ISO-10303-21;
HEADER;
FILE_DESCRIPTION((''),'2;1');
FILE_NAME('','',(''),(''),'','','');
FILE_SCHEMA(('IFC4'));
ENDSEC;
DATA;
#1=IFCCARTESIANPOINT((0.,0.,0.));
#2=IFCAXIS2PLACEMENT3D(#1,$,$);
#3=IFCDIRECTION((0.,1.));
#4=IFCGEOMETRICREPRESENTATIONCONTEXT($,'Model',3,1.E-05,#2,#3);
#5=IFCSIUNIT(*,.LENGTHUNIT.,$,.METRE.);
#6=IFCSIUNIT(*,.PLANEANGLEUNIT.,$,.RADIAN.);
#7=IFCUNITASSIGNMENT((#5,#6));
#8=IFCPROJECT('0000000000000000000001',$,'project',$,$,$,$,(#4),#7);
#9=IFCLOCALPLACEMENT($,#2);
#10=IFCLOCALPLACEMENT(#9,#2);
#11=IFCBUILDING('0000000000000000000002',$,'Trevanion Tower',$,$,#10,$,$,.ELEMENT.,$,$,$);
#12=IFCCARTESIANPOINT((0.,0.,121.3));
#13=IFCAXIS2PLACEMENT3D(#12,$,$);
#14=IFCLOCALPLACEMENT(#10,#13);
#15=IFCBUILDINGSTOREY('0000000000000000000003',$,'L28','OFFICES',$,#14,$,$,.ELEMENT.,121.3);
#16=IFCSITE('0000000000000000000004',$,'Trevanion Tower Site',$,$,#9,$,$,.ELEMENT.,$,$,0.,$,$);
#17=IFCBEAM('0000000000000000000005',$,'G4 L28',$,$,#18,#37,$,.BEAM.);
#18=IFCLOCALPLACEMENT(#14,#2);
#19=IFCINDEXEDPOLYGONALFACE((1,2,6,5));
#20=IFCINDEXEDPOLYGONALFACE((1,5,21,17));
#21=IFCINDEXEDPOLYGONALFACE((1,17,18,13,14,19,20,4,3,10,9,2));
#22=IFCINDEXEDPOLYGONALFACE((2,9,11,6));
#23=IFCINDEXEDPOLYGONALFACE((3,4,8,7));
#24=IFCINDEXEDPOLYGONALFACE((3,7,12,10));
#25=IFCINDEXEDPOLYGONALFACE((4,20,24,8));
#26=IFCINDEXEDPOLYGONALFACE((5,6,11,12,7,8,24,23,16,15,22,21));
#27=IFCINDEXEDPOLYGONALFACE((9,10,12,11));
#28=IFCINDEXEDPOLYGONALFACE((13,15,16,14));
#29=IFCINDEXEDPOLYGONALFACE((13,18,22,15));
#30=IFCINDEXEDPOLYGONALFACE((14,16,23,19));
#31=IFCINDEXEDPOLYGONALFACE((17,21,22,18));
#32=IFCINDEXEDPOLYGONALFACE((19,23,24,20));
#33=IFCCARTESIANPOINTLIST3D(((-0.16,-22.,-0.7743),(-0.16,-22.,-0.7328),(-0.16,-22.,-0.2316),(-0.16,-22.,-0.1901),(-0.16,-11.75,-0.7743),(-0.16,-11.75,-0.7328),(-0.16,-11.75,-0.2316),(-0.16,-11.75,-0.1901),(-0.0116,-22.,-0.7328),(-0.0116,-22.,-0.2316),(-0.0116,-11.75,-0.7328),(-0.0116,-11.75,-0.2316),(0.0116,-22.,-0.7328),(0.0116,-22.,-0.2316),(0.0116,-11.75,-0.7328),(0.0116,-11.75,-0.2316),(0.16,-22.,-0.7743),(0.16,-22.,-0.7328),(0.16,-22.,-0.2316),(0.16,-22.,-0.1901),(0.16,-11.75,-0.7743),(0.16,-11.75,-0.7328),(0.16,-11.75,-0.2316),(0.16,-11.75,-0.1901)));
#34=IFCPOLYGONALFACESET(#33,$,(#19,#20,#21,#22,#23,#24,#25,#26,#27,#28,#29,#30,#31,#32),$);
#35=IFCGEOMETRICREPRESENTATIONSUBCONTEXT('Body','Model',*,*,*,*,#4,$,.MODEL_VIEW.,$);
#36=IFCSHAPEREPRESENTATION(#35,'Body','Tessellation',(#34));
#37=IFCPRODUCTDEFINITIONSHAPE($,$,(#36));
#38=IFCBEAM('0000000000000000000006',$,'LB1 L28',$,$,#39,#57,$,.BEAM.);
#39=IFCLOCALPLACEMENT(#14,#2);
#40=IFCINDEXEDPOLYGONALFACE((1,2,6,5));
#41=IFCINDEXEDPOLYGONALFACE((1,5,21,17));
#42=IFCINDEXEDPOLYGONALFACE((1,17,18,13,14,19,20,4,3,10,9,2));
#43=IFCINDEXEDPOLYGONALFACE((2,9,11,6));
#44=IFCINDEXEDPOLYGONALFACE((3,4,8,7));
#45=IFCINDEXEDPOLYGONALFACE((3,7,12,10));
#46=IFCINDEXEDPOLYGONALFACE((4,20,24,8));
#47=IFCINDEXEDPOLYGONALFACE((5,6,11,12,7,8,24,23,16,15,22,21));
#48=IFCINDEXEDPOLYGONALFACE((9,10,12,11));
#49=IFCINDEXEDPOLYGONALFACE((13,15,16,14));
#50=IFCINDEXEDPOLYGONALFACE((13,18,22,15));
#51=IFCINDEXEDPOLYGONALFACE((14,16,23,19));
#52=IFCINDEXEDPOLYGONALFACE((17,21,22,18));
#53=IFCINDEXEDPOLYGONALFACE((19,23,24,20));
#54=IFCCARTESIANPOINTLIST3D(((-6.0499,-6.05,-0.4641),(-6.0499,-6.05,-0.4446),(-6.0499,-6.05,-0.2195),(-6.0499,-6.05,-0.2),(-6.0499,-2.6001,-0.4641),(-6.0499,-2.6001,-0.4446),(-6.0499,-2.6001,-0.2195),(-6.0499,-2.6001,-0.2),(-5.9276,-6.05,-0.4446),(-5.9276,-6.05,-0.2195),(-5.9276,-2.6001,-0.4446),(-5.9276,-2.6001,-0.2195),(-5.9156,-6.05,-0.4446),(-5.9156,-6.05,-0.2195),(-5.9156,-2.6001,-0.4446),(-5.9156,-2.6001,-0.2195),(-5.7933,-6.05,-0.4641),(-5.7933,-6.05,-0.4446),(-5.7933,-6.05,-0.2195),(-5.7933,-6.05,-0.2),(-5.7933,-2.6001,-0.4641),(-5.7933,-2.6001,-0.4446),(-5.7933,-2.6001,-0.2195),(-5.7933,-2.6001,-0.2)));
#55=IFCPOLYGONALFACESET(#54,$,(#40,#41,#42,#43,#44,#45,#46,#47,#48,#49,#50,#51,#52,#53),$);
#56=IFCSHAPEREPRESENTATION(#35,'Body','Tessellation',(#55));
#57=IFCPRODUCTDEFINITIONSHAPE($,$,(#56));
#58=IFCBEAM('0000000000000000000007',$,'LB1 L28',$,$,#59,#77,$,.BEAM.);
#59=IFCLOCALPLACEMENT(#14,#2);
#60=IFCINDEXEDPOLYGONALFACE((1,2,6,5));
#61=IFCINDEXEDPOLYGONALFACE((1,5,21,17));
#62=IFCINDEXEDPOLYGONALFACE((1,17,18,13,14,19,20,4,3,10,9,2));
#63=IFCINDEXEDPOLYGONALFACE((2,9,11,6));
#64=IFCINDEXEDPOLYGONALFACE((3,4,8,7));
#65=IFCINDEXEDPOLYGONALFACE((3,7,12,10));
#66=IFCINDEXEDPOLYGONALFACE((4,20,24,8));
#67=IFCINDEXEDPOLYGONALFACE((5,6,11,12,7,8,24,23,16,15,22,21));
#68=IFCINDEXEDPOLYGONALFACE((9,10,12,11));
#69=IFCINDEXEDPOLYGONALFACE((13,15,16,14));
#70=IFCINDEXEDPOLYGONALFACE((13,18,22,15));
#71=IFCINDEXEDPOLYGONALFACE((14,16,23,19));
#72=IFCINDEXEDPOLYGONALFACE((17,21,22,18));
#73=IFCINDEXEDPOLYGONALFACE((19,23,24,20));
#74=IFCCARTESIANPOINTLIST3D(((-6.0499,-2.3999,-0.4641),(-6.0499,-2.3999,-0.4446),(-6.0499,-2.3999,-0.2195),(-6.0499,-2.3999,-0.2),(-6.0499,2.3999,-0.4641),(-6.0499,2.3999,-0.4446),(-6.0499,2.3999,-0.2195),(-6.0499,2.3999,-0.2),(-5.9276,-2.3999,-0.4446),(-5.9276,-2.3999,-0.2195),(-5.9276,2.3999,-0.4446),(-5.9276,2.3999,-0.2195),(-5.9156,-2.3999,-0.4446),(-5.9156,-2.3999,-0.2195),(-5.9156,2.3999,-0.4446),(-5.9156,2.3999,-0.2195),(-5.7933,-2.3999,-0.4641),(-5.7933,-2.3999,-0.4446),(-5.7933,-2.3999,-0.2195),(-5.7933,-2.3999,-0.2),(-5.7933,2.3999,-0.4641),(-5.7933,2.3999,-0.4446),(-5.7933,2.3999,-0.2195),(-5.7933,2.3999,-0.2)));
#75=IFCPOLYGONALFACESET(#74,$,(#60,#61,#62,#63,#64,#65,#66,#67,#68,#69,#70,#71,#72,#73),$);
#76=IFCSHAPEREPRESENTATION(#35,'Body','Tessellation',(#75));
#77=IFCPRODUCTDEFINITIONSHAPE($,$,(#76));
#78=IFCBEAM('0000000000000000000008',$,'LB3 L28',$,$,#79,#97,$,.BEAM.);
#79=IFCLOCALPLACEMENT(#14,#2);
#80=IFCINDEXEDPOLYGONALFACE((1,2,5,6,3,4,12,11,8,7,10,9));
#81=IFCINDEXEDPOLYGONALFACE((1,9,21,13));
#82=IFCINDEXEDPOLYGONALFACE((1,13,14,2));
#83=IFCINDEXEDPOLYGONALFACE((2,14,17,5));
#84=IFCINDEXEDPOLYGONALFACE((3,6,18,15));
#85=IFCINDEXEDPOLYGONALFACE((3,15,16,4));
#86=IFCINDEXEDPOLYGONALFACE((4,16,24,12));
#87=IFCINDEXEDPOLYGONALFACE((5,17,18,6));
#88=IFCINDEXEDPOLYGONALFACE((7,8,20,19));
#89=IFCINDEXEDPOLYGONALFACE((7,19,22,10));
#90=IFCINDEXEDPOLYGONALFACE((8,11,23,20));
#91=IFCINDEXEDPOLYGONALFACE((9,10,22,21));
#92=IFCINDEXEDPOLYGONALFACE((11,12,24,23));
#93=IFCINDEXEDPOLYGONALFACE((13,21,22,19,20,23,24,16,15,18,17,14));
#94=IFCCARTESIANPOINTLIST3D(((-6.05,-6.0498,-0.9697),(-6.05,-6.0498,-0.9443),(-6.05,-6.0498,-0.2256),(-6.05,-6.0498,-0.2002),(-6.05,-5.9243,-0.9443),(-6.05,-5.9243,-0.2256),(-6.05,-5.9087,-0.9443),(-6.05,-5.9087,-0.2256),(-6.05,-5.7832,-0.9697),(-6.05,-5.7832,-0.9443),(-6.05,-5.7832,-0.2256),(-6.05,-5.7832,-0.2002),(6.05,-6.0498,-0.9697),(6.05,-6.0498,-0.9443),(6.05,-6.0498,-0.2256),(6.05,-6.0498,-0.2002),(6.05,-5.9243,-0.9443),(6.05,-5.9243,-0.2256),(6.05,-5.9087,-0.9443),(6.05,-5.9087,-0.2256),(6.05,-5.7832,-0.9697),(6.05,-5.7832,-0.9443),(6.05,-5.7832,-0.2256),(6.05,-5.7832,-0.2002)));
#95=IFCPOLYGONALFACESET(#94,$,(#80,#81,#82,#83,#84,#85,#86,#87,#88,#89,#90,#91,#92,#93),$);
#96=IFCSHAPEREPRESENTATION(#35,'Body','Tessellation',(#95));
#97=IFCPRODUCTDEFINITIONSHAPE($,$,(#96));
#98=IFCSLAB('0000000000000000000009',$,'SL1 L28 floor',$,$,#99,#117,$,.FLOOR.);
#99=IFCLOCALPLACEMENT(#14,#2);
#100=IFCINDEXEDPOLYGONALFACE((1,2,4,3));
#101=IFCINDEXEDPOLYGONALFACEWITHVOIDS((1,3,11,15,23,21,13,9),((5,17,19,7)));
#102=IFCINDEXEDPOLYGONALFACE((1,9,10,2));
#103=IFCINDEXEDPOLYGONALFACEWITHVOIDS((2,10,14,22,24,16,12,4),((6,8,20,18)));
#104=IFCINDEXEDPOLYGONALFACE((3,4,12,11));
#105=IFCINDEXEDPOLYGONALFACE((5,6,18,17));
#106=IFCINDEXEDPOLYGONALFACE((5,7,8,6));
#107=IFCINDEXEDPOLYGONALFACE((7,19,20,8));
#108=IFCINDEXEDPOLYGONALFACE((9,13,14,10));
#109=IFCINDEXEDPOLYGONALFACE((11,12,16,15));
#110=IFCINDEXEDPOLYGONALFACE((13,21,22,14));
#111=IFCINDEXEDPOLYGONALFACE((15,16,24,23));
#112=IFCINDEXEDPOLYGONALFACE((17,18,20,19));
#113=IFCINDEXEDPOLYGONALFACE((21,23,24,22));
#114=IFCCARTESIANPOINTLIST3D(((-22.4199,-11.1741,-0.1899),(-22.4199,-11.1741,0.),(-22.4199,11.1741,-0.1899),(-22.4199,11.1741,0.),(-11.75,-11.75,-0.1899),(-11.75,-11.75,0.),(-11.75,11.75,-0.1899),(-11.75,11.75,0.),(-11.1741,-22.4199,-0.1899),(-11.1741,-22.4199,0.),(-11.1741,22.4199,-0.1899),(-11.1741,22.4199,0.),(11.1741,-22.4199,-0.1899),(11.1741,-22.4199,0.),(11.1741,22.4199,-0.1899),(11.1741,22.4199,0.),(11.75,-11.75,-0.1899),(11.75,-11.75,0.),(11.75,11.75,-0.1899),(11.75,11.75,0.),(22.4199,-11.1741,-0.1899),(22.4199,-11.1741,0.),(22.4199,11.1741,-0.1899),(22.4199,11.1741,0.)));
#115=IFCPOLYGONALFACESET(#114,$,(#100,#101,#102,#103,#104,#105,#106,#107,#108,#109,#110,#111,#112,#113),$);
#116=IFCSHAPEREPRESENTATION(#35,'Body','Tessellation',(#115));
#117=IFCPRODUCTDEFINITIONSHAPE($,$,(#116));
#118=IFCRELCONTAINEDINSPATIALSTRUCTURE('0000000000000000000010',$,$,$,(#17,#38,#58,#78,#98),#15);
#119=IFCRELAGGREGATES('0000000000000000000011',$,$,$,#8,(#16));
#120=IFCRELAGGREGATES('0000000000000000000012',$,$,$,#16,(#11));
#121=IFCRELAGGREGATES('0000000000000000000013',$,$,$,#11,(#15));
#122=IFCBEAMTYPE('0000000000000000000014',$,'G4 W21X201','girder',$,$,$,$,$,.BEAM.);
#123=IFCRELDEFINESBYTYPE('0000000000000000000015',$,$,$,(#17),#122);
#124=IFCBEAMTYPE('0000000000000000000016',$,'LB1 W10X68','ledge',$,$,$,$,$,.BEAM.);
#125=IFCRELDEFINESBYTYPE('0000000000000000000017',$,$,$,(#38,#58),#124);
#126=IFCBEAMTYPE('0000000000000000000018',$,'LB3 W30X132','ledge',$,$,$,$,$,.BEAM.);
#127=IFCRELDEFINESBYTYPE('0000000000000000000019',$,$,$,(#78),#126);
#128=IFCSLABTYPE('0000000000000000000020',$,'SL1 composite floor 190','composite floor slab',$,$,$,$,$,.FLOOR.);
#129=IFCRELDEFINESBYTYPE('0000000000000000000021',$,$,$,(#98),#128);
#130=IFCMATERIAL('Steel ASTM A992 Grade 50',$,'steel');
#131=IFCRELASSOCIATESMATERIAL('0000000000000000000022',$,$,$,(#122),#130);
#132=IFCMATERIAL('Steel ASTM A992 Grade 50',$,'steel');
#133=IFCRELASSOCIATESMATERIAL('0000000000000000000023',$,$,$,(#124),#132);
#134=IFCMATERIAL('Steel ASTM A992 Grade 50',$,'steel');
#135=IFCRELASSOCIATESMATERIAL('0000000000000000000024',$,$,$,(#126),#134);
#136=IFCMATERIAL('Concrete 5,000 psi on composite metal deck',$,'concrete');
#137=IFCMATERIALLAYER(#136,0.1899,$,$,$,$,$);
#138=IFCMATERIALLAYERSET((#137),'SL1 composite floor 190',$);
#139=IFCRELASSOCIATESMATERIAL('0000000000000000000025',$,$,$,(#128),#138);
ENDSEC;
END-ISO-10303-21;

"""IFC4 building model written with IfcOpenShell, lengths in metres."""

from ifc_helpers import new_model, si_unit, direction, frame, origin, origin_2d, place, context, subcontext, project, spatial, polyline, i_section, outline, extrude, material, layer, layer_set, material_profile, profile_set, type_object, element, save


model = new_model("IFC4")

# Units and contexts
model_context = context("Model", 3, precision=1e-05, world=origin(), true_north=direction((0.0, 1.0)))
body_context = subcontext(model_context, "Body", "Model", "MODEL_VIEW")
ifc_project = project(units=[si_unit("LENGTHUNIT", "METRE"), si_unit("PLANEANGLEUNIT", "RADIAN")], contexts=[model_context])

# Site, building, storey
site_placement = place(None, origin())
site = spatial("IfcSite", under=ifc_project, at=site_placement, Name="Trevanion Tower Site", CompositionType="ELEMENT", RefElevation=0.0)
building_placement = place(site_placement, origin())
building = spatial("IfcBuilding", under=site, at=building_placement, Name="Trevanion Tower", CompositionType="ELEMENT")
storey_placement = place(building_placement, frame((0.0, 0.0, 121.3)))
storey = spatial("IfcBuildingStorey", under=building, at=storey_placement, Name="L28", Description="OFFICES", CompositionType="ELEMENT", Elevation=121.3)

# Beams
ifc_material_1 = material(Name="Steel ASTM A992 Grade 50", Category="steel")
ifc_material_profile_1 = material_profile(ifc_material_1, i_section(OverallWidth=0.3201, OverallDepth=0.5842, WebThickness=0.0232, FlangeThickness=0.0415, at=origin_2d()), Name="W21X201")
ifc_profile_set_1 = profile_set([ifc_material_profile_1], Name="Steel ASTM A992 Grade 50")
beam_type_1 = type_object("IfcBeamType", Name="G4 W21X201", Description="girder", PredefinedType="BEAM", material=ifc_profile_set_1)
beam_1_placement = place(storey_placement, frame((0.0, -11.75, -0.4822), z_axis=(0.0, -1.0, 0.0), x_axis=(1.0, 0.0, 0.0)))
element("IfcBeam", 1, at=beam_1_placement, inside=storey, type_object=beam_type_1, Name="G4 L28", PredefinedType="BEAM", context=body_context, shape_type="SweptSolid", body=[
    extrude(i_section(OverallWidth=0.3201, OverallDepth=0.5842, WebThickness=0.0232, FlangeThickness=0.0415, at=origin_2d()), origin(), (0.0, 0.0, 1.0), 10.25),
])
ifc_material_2 = material(Name="Steel ASTM A992 Grade 50", Category="steel")
ifc_material_profile_2 = material_profile(ifc_material_2, i_section(OverallWidth=0.2566, OverallDepth=0.2642, WebThickness=0.012, FlangeThickness=0.0195, at=origin_2d()), Name="W10X68")
ifc_profile_set_2 = profile_set([ifc_material_profile_2], Name="Steel ASTM A992 Grade 50")
beam_type_2 = type_object("IfcBeamType", Name="LB1 W10X68", Description="ledge", PredefinedType="BEAM", material=ifc_profile_set_2)
beam_2_placement = place(storey_placement, frame((-5.9216, -6.05, -0.332), z_axis=(0.0, 1.0, 0.0), x_axis=(-1.0, 0.0, 0.0)))
element("IfcBeam", 2, at=beam_2_placement, inside=storey, type_object=beam_type_2, Name="LB1 L28", PredefinedType="BEAM", context=body_context, shape_type="SweptSolid", body=[
    extrude(i_section(OverallWidth=0.2566, OverallDepth=0.2642, WebThickness=0.012, FlangeThickness=0.0195, at=origin_2d()), origin(), (0.0, 0.0, 1.0), 3.45),
])
beam_3_placement = place(storey_placement, frame((-5.9216, -2.3999, -0.332), z_axis=(0.0, 1.0, 0.0), x_axis=(-1.0, 0.0, 0.0)))
element("IfcBeam", 3, at=beam_3_placement, inside=storey, type_object=beam_type_2, Name="LB1 L28", PredefinedType="BEAM", context=body_context, shape_type="SweptSolid", body=[
    extrude(i_section(OverallWidth=0.2566, OverallDepth=0.2642, WebThickness=0.012, FlangeThickness=0.0195, at=origin_2d()), origin(), (0.0, 0.0, 1.0), 4.7998),
])
ifc_material_3 = material(Name="Steel ASTM A992 Grade 50", Category="steel")
ifc_material_profile_3 = material_profile(ifc_material_3, i_section(OverallWidth=0.2666, OverallDepth=0.7695, WebThickness=0.0156, FlangeThickness=0.0254, at=origin_2d()), Name="W30X132")
ifc_profile_set_3 = profile_set([ifc_material_profile_3], Name="Steel ASTM A992 Grade 50")
beam_type_3 = type_object("IfcBeamType", Name="LB3 W30X132", Description="ledge", PredefinedType="BEAM", material=ifc_profile_set_3)
beam_4_placement = place(storey_placement, frame((-6.05, -5.9165, -0.585), z_axis=(1.0, 0.0, 0.0), x_axis=(0.0, 1.0, 0.0)))
element("IfcBeam", 4, at=beam_4_placement, inside=storey, type_object=beam_type_3, Name="LB3 L28", PredefinedType="BEAM", context=body_context, shape_type="SweptSolid", body=[
    extrude(i_section(OverallWidth=0.2666, OverallDepth=0.7695, WebThickness=0.0156, FlangeThickness=0.0254, at=origin_2d()), origin(), (0.0, 0.0, 1.0), 12.1001),
])

# Slab
ifc_material_4 = material(Name="Concrete 5,000 psi on composite metal deck", Category="concrete")
ifc_layer_1 = layer(ifc_material_4, 0.1899)
ifc_layer_set_1 = layer_set([ifc_layer_1], Name="SL1 composite floor 190")
slab_type = type_object("IfcSlabType", Name="SL1 composite floor 190", Description="composite floor slab", PredefinedType="FLOOR", material=ifc_layer_set_1)
slab_placement = place(storey_placement, frame((0.0, 0.0, -0.1899)))
element("IfcSlab", 5, at=slab_placement, inside=storey, type_object=slab_type, Name="SL1 L28 floor", PredefinedType="FLOOR", context=body_context, shape_type="SweptSolid", body=[
    extrude(outline(polyline([(22.4199, -11.1741), (22.4199, 11.1741), (11.1741, 22.4199), (-11.1741, 22.4199), (-22.4199, 11.1741), (-22.4199, -11.1741), (-11.1741, -22.4199), (11.1741, -22.4199), (22.4199, -11.1741)]), holes=[polyline([(11.75, -11.75), (11.75, 11.75), (-11.75, 11.75), (-11.75, -11.75), (11.75, -11.75)])]), origin(), (0.0, 0.0, 1.0), 0.1899),
])

save(model, "model.ifc")
